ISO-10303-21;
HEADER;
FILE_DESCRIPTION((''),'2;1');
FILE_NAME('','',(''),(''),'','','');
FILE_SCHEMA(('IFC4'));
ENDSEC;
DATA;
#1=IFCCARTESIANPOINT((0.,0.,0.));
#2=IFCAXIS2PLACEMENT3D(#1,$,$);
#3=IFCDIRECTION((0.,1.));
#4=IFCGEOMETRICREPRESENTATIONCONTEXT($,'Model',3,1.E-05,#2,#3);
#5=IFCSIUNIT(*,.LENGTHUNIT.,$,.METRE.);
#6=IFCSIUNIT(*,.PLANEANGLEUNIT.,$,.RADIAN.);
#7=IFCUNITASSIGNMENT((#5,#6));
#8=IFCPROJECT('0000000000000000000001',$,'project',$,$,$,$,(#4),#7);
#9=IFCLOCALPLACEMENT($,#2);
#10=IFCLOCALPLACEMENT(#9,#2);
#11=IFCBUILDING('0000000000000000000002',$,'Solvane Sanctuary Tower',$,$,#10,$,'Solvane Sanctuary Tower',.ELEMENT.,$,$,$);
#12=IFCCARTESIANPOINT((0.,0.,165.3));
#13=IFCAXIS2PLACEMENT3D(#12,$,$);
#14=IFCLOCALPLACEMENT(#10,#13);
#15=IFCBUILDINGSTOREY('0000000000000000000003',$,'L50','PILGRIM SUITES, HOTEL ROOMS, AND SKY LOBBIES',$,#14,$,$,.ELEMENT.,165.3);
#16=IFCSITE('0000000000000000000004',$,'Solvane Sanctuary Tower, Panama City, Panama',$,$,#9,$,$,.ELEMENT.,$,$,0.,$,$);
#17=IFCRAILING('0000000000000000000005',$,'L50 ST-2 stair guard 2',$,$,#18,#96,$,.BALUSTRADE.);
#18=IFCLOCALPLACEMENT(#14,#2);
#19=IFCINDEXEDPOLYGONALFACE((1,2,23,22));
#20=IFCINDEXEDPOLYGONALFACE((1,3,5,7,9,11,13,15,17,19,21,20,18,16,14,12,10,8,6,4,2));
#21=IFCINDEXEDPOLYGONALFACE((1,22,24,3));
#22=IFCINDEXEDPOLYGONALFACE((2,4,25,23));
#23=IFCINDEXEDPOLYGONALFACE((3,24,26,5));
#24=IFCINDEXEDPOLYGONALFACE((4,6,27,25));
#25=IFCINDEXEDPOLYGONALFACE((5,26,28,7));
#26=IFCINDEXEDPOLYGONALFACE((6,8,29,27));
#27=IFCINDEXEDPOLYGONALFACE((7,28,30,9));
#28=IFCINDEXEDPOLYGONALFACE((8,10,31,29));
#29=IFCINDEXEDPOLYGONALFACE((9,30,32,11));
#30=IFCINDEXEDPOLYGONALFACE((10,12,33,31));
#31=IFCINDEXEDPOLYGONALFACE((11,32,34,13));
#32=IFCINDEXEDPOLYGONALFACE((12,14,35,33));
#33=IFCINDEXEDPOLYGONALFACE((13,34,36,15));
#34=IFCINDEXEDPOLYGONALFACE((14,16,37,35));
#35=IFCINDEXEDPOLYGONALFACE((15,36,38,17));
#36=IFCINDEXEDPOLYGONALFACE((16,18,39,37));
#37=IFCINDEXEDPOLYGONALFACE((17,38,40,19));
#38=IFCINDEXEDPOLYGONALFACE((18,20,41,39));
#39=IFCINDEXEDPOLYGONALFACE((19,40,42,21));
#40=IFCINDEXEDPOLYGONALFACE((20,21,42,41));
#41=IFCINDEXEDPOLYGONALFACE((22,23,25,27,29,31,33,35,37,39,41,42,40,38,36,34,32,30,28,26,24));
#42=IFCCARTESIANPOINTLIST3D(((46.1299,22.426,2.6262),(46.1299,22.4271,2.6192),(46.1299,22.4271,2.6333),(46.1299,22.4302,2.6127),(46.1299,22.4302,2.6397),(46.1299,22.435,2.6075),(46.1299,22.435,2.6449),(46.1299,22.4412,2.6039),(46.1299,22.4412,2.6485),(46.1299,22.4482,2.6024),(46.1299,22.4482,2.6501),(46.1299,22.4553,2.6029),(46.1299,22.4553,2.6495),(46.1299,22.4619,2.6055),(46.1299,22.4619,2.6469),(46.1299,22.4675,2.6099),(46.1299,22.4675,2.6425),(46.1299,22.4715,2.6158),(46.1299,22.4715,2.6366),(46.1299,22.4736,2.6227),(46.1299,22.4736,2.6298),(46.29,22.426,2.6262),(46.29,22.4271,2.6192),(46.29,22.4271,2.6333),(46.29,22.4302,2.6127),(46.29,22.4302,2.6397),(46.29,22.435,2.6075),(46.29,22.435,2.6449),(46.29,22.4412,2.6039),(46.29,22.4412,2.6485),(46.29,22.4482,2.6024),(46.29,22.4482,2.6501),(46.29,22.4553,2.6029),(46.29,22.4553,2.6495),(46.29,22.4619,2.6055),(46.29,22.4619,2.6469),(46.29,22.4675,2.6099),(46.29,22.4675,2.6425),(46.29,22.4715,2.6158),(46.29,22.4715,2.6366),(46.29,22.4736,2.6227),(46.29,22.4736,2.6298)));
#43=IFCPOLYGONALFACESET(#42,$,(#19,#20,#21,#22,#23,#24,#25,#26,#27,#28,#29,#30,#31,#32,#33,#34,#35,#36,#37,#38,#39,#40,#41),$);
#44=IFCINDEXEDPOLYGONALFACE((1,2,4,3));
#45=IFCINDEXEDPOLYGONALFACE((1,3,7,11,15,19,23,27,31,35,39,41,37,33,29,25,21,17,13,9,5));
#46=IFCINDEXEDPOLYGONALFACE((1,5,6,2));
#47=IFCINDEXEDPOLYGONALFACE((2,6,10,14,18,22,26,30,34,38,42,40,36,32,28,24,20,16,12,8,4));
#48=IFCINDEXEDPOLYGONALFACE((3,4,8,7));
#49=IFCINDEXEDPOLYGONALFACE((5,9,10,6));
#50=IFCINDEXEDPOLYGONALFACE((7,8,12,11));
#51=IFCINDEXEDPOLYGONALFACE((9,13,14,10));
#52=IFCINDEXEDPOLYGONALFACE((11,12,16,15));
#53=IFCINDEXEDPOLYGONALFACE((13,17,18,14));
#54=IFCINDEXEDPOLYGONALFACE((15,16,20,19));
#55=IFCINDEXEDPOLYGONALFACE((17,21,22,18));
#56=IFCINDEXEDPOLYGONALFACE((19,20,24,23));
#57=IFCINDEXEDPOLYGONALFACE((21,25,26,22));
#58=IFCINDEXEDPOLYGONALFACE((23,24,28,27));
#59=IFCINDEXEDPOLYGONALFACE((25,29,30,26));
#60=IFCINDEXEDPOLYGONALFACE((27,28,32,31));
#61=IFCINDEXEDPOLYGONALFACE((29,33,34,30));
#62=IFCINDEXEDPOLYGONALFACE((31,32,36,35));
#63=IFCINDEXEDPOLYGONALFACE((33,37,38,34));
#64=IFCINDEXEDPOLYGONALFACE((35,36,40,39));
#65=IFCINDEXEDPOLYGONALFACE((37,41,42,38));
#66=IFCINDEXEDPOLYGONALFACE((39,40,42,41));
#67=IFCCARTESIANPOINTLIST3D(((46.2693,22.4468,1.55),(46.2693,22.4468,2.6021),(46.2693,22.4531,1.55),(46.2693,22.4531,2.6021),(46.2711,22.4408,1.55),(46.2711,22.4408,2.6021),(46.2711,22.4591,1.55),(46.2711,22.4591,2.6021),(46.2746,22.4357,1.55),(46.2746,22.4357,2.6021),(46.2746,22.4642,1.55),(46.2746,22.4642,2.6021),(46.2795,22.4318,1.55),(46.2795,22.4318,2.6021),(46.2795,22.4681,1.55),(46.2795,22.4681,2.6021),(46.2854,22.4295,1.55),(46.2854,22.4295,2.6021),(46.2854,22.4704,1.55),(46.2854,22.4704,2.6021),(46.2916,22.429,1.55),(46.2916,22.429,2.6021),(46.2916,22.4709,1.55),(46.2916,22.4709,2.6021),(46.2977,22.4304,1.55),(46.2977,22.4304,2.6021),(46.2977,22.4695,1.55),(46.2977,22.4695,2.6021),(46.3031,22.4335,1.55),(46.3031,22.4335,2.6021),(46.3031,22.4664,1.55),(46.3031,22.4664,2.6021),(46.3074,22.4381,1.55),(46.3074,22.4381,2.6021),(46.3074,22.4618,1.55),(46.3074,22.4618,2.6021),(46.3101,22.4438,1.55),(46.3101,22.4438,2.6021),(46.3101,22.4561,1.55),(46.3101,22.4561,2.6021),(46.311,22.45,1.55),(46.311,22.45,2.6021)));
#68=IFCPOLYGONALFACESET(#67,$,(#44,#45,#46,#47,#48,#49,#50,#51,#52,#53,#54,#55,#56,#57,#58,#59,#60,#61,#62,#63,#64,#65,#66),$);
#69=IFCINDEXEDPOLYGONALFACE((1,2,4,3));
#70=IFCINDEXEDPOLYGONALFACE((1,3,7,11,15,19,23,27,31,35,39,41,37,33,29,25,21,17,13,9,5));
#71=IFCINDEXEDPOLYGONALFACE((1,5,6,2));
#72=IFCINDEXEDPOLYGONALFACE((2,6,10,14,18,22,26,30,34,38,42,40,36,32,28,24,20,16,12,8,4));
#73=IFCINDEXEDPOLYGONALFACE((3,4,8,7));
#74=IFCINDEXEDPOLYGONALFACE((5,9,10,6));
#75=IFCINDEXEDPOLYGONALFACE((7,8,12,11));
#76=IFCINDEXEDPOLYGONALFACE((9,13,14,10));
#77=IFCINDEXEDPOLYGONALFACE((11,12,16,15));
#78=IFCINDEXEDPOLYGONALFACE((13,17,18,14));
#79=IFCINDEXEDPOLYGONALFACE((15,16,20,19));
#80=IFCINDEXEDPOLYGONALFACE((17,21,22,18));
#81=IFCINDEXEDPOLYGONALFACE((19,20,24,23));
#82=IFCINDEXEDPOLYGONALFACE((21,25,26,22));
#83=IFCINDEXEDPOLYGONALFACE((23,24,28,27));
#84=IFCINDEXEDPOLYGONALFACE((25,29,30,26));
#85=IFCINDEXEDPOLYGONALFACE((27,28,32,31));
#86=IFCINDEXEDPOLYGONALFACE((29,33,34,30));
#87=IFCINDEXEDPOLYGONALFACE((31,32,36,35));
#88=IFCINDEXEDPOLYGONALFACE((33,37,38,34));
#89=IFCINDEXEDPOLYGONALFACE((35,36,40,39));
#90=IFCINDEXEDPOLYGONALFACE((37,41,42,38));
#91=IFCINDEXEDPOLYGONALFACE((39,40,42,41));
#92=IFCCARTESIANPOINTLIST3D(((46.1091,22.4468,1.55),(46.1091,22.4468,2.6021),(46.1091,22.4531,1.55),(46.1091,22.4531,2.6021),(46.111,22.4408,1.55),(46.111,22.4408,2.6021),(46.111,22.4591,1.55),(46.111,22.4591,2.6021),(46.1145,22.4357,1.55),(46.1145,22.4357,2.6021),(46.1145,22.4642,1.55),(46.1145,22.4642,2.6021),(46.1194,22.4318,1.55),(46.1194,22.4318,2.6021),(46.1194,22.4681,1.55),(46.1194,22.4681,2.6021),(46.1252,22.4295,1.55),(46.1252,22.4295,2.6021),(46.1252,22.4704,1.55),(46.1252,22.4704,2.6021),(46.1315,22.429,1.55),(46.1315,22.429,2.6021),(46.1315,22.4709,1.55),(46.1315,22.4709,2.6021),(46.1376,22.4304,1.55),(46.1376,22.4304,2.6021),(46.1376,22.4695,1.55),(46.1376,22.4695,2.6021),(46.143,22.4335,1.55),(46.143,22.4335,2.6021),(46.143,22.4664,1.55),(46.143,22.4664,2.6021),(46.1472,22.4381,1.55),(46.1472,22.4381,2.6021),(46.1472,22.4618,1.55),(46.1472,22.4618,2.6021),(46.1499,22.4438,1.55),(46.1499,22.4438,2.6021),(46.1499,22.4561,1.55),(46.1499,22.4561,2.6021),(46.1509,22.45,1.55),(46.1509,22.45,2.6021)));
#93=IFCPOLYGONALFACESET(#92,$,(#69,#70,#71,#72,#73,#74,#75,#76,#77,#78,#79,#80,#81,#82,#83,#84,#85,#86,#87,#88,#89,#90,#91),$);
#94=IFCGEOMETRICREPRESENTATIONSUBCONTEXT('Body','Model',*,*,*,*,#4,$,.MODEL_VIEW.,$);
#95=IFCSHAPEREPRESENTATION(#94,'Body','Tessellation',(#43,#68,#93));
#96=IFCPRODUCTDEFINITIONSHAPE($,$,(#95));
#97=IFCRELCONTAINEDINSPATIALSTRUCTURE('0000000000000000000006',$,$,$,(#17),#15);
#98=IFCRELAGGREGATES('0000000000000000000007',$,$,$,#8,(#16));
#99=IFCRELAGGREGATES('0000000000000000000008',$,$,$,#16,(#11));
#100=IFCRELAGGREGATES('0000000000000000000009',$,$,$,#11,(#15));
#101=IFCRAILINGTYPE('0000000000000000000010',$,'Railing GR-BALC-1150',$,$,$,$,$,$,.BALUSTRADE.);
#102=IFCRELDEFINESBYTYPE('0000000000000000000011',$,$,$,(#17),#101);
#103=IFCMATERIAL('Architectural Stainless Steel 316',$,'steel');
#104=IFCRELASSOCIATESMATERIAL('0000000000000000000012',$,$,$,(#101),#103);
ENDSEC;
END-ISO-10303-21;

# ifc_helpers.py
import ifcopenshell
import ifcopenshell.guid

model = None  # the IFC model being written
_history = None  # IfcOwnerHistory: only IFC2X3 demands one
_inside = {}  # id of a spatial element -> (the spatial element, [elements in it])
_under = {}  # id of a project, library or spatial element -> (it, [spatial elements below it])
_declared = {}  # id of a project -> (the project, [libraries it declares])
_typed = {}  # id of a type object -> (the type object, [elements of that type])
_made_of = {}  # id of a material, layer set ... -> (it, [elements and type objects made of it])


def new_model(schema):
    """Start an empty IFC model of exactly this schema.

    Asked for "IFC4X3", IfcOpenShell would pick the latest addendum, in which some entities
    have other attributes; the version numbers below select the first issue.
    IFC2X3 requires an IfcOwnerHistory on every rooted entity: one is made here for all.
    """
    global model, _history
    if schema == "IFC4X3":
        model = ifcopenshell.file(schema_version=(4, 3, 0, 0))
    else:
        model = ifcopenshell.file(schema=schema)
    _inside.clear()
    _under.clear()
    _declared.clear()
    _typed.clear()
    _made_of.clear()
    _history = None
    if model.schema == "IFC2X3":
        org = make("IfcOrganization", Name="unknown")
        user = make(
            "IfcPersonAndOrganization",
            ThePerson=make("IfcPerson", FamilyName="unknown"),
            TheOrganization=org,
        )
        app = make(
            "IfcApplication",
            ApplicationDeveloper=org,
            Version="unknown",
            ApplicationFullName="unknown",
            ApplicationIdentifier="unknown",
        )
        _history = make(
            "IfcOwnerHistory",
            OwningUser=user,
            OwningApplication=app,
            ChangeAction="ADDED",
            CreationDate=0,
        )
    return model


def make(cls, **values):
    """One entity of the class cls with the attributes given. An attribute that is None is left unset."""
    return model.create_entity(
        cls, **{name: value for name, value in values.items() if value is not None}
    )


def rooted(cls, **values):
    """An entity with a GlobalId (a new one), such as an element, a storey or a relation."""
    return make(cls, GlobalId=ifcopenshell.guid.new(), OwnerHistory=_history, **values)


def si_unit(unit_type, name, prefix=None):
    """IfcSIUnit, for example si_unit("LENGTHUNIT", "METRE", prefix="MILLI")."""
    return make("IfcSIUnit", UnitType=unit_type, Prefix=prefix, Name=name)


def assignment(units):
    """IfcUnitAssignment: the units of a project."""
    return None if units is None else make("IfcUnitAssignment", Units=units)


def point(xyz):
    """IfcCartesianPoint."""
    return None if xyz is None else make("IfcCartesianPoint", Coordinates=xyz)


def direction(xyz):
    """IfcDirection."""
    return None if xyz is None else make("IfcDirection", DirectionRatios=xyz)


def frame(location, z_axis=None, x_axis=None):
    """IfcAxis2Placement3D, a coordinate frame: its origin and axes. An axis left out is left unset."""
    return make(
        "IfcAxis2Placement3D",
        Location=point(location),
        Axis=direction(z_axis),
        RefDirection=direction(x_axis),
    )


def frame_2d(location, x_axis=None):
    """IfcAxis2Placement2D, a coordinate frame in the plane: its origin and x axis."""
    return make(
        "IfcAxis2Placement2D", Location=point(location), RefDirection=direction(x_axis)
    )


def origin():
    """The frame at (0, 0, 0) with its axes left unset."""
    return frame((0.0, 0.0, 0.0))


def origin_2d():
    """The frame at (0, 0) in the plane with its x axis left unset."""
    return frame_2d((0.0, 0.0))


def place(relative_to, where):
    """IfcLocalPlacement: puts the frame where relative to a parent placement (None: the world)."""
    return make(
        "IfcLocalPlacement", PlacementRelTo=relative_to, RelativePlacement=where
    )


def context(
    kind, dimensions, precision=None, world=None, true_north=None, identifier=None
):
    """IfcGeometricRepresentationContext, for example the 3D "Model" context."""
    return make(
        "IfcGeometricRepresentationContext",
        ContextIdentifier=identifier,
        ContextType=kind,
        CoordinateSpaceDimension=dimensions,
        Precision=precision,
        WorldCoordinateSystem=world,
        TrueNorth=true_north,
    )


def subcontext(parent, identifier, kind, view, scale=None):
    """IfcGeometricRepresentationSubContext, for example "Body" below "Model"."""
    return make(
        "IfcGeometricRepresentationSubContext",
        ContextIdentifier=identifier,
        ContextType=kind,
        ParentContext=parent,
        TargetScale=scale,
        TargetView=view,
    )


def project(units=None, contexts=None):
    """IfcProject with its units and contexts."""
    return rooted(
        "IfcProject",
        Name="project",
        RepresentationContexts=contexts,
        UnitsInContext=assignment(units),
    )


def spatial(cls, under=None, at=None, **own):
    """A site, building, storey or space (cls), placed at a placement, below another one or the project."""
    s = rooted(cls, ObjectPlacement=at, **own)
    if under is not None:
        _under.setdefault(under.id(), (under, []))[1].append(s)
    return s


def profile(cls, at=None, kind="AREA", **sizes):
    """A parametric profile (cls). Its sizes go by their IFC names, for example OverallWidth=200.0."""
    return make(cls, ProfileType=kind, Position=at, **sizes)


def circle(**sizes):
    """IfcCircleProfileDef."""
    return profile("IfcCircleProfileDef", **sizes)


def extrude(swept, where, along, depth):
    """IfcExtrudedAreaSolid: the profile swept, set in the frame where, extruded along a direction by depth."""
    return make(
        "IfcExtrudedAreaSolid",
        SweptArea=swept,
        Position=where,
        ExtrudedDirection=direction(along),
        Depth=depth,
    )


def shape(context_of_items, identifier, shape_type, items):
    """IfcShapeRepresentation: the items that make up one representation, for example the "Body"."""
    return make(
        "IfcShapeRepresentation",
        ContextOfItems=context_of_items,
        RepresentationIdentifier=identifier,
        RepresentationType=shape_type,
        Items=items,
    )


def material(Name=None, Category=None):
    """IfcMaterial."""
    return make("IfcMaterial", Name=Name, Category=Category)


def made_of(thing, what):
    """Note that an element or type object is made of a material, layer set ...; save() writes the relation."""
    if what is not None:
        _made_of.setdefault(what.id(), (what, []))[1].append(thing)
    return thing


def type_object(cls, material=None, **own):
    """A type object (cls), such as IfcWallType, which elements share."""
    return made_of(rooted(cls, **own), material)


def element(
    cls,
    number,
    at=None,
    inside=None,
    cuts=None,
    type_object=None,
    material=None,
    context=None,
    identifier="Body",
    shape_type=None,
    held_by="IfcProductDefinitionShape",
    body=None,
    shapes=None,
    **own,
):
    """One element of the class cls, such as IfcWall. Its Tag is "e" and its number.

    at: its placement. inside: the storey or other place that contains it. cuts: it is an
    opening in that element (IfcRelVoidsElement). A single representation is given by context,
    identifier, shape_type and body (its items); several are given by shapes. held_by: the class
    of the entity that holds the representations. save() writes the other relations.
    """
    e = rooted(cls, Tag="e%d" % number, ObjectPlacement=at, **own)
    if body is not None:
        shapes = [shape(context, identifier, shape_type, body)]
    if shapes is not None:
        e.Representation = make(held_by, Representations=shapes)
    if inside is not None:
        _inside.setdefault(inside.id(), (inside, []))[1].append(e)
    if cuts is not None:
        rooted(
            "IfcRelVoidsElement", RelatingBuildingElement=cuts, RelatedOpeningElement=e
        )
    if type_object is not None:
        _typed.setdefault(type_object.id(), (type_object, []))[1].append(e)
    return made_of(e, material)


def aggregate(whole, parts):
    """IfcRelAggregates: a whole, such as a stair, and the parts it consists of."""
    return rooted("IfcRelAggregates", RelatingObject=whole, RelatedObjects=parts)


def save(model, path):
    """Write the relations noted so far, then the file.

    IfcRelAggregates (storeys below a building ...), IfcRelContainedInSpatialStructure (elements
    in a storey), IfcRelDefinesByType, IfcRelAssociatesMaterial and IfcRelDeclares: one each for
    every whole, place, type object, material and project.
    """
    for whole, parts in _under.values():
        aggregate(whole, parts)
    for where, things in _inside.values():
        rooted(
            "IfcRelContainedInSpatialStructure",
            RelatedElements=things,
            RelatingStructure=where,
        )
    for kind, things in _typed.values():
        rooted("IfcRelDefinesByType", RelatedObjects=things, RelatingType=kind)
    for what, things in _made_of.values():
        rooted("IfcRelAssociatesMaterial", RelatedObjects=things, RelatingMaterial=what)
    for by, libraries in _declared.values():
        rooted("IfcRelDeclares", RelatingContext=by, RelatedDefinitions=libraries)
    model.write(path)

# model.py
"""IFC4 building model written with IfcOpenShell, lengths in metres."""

from ifc_helpers import new_model, si_unit, direction, frame, origin, origin_2d, place, context, subcontext, project, spatial, circle, extrude, material, type_object, element, save


model = new_model("IFC4")

# Units and contexts
model_context = context("Model", 3, precision=1e-05, world=origin(), true_north=direction((0.0, 1.0)))
body_context = subcontext(model_context, "Body", "Model", "MODEL_VIEW")
ifc_project = project(units=[si_unit("LENGTHUNIT", "METRE"), si_unit("PLANEANGLEUNIT", "RADIAN")], contexts=[model_context])

# Site, building, storey
site_placement = place(None, origin())
site = spatial("IfcSite", under=ifc_project, at=site_placement, Name="Solvane Sanctuary Tower, Panama City, Panama", CompositionType="ELEMENT", RefElevation=0.0)
building_placement = place(site_placement, origin())
building = spatial("IfcBuilding", under=site, at=building_placement, Name="Solvane Sanctuary Tower", LongName="Solvane Sanctuary Tower", CompositionType="ELEMENT")
storey_placement = place(building_placement, frame((0.0, 0.0, 165.3)))
storey = spatial("IfcBuildingStorey", under=building, at=storey_placement, Name="L50", Description="PILGRIM SUITES, HOTEL ROOMS, AND SKY LOBBIES", CompositionType="ELEMENT", Elevation=165.3)

# Shared definitions
ifc_material_1 = material(Name="Architectural Stainless Steel 316", Category="steel")

# Railing
railing_type_1 = type_object("IfcRailingType", Name="Railing GR-BALC-1150", PredefinedType="BALUSTRADE", material=ifc_material_1)
railing_1_placement = place(storey_placement, frame((46.29, 22.45, 1.55)))
element("IfcRailing", 1, at=railing_1_placement, inside=storey, type_object=railing_type_1, Name="L50 ST-2 stair guard 2", PredefinedType="BALUSTRADE", context=body_context, shape_type="SweptSolid", body=[
    extrude(circle(Radius=0.0239, at=origin_2d()), frame((0.0, 0.0, 1.0762), z_axis=(-1.0, 0.0, 0.0), x_axis=(0.0, -1.0, 0.0)), (0.0, 0.0, 1.0), 0.1602),
    extrude(circle(Radius=0.021, at=origin_2d()), origin(), (0.0, 0.0, 1.0), 1.052),
    extrude(circle(Radius=0.021, at=origin_2d()), frame((-0.1602, 0.0, 0.0)), (0.0, 0.0, 1.0), 1.052),
])

save(model, "model.ifc")
